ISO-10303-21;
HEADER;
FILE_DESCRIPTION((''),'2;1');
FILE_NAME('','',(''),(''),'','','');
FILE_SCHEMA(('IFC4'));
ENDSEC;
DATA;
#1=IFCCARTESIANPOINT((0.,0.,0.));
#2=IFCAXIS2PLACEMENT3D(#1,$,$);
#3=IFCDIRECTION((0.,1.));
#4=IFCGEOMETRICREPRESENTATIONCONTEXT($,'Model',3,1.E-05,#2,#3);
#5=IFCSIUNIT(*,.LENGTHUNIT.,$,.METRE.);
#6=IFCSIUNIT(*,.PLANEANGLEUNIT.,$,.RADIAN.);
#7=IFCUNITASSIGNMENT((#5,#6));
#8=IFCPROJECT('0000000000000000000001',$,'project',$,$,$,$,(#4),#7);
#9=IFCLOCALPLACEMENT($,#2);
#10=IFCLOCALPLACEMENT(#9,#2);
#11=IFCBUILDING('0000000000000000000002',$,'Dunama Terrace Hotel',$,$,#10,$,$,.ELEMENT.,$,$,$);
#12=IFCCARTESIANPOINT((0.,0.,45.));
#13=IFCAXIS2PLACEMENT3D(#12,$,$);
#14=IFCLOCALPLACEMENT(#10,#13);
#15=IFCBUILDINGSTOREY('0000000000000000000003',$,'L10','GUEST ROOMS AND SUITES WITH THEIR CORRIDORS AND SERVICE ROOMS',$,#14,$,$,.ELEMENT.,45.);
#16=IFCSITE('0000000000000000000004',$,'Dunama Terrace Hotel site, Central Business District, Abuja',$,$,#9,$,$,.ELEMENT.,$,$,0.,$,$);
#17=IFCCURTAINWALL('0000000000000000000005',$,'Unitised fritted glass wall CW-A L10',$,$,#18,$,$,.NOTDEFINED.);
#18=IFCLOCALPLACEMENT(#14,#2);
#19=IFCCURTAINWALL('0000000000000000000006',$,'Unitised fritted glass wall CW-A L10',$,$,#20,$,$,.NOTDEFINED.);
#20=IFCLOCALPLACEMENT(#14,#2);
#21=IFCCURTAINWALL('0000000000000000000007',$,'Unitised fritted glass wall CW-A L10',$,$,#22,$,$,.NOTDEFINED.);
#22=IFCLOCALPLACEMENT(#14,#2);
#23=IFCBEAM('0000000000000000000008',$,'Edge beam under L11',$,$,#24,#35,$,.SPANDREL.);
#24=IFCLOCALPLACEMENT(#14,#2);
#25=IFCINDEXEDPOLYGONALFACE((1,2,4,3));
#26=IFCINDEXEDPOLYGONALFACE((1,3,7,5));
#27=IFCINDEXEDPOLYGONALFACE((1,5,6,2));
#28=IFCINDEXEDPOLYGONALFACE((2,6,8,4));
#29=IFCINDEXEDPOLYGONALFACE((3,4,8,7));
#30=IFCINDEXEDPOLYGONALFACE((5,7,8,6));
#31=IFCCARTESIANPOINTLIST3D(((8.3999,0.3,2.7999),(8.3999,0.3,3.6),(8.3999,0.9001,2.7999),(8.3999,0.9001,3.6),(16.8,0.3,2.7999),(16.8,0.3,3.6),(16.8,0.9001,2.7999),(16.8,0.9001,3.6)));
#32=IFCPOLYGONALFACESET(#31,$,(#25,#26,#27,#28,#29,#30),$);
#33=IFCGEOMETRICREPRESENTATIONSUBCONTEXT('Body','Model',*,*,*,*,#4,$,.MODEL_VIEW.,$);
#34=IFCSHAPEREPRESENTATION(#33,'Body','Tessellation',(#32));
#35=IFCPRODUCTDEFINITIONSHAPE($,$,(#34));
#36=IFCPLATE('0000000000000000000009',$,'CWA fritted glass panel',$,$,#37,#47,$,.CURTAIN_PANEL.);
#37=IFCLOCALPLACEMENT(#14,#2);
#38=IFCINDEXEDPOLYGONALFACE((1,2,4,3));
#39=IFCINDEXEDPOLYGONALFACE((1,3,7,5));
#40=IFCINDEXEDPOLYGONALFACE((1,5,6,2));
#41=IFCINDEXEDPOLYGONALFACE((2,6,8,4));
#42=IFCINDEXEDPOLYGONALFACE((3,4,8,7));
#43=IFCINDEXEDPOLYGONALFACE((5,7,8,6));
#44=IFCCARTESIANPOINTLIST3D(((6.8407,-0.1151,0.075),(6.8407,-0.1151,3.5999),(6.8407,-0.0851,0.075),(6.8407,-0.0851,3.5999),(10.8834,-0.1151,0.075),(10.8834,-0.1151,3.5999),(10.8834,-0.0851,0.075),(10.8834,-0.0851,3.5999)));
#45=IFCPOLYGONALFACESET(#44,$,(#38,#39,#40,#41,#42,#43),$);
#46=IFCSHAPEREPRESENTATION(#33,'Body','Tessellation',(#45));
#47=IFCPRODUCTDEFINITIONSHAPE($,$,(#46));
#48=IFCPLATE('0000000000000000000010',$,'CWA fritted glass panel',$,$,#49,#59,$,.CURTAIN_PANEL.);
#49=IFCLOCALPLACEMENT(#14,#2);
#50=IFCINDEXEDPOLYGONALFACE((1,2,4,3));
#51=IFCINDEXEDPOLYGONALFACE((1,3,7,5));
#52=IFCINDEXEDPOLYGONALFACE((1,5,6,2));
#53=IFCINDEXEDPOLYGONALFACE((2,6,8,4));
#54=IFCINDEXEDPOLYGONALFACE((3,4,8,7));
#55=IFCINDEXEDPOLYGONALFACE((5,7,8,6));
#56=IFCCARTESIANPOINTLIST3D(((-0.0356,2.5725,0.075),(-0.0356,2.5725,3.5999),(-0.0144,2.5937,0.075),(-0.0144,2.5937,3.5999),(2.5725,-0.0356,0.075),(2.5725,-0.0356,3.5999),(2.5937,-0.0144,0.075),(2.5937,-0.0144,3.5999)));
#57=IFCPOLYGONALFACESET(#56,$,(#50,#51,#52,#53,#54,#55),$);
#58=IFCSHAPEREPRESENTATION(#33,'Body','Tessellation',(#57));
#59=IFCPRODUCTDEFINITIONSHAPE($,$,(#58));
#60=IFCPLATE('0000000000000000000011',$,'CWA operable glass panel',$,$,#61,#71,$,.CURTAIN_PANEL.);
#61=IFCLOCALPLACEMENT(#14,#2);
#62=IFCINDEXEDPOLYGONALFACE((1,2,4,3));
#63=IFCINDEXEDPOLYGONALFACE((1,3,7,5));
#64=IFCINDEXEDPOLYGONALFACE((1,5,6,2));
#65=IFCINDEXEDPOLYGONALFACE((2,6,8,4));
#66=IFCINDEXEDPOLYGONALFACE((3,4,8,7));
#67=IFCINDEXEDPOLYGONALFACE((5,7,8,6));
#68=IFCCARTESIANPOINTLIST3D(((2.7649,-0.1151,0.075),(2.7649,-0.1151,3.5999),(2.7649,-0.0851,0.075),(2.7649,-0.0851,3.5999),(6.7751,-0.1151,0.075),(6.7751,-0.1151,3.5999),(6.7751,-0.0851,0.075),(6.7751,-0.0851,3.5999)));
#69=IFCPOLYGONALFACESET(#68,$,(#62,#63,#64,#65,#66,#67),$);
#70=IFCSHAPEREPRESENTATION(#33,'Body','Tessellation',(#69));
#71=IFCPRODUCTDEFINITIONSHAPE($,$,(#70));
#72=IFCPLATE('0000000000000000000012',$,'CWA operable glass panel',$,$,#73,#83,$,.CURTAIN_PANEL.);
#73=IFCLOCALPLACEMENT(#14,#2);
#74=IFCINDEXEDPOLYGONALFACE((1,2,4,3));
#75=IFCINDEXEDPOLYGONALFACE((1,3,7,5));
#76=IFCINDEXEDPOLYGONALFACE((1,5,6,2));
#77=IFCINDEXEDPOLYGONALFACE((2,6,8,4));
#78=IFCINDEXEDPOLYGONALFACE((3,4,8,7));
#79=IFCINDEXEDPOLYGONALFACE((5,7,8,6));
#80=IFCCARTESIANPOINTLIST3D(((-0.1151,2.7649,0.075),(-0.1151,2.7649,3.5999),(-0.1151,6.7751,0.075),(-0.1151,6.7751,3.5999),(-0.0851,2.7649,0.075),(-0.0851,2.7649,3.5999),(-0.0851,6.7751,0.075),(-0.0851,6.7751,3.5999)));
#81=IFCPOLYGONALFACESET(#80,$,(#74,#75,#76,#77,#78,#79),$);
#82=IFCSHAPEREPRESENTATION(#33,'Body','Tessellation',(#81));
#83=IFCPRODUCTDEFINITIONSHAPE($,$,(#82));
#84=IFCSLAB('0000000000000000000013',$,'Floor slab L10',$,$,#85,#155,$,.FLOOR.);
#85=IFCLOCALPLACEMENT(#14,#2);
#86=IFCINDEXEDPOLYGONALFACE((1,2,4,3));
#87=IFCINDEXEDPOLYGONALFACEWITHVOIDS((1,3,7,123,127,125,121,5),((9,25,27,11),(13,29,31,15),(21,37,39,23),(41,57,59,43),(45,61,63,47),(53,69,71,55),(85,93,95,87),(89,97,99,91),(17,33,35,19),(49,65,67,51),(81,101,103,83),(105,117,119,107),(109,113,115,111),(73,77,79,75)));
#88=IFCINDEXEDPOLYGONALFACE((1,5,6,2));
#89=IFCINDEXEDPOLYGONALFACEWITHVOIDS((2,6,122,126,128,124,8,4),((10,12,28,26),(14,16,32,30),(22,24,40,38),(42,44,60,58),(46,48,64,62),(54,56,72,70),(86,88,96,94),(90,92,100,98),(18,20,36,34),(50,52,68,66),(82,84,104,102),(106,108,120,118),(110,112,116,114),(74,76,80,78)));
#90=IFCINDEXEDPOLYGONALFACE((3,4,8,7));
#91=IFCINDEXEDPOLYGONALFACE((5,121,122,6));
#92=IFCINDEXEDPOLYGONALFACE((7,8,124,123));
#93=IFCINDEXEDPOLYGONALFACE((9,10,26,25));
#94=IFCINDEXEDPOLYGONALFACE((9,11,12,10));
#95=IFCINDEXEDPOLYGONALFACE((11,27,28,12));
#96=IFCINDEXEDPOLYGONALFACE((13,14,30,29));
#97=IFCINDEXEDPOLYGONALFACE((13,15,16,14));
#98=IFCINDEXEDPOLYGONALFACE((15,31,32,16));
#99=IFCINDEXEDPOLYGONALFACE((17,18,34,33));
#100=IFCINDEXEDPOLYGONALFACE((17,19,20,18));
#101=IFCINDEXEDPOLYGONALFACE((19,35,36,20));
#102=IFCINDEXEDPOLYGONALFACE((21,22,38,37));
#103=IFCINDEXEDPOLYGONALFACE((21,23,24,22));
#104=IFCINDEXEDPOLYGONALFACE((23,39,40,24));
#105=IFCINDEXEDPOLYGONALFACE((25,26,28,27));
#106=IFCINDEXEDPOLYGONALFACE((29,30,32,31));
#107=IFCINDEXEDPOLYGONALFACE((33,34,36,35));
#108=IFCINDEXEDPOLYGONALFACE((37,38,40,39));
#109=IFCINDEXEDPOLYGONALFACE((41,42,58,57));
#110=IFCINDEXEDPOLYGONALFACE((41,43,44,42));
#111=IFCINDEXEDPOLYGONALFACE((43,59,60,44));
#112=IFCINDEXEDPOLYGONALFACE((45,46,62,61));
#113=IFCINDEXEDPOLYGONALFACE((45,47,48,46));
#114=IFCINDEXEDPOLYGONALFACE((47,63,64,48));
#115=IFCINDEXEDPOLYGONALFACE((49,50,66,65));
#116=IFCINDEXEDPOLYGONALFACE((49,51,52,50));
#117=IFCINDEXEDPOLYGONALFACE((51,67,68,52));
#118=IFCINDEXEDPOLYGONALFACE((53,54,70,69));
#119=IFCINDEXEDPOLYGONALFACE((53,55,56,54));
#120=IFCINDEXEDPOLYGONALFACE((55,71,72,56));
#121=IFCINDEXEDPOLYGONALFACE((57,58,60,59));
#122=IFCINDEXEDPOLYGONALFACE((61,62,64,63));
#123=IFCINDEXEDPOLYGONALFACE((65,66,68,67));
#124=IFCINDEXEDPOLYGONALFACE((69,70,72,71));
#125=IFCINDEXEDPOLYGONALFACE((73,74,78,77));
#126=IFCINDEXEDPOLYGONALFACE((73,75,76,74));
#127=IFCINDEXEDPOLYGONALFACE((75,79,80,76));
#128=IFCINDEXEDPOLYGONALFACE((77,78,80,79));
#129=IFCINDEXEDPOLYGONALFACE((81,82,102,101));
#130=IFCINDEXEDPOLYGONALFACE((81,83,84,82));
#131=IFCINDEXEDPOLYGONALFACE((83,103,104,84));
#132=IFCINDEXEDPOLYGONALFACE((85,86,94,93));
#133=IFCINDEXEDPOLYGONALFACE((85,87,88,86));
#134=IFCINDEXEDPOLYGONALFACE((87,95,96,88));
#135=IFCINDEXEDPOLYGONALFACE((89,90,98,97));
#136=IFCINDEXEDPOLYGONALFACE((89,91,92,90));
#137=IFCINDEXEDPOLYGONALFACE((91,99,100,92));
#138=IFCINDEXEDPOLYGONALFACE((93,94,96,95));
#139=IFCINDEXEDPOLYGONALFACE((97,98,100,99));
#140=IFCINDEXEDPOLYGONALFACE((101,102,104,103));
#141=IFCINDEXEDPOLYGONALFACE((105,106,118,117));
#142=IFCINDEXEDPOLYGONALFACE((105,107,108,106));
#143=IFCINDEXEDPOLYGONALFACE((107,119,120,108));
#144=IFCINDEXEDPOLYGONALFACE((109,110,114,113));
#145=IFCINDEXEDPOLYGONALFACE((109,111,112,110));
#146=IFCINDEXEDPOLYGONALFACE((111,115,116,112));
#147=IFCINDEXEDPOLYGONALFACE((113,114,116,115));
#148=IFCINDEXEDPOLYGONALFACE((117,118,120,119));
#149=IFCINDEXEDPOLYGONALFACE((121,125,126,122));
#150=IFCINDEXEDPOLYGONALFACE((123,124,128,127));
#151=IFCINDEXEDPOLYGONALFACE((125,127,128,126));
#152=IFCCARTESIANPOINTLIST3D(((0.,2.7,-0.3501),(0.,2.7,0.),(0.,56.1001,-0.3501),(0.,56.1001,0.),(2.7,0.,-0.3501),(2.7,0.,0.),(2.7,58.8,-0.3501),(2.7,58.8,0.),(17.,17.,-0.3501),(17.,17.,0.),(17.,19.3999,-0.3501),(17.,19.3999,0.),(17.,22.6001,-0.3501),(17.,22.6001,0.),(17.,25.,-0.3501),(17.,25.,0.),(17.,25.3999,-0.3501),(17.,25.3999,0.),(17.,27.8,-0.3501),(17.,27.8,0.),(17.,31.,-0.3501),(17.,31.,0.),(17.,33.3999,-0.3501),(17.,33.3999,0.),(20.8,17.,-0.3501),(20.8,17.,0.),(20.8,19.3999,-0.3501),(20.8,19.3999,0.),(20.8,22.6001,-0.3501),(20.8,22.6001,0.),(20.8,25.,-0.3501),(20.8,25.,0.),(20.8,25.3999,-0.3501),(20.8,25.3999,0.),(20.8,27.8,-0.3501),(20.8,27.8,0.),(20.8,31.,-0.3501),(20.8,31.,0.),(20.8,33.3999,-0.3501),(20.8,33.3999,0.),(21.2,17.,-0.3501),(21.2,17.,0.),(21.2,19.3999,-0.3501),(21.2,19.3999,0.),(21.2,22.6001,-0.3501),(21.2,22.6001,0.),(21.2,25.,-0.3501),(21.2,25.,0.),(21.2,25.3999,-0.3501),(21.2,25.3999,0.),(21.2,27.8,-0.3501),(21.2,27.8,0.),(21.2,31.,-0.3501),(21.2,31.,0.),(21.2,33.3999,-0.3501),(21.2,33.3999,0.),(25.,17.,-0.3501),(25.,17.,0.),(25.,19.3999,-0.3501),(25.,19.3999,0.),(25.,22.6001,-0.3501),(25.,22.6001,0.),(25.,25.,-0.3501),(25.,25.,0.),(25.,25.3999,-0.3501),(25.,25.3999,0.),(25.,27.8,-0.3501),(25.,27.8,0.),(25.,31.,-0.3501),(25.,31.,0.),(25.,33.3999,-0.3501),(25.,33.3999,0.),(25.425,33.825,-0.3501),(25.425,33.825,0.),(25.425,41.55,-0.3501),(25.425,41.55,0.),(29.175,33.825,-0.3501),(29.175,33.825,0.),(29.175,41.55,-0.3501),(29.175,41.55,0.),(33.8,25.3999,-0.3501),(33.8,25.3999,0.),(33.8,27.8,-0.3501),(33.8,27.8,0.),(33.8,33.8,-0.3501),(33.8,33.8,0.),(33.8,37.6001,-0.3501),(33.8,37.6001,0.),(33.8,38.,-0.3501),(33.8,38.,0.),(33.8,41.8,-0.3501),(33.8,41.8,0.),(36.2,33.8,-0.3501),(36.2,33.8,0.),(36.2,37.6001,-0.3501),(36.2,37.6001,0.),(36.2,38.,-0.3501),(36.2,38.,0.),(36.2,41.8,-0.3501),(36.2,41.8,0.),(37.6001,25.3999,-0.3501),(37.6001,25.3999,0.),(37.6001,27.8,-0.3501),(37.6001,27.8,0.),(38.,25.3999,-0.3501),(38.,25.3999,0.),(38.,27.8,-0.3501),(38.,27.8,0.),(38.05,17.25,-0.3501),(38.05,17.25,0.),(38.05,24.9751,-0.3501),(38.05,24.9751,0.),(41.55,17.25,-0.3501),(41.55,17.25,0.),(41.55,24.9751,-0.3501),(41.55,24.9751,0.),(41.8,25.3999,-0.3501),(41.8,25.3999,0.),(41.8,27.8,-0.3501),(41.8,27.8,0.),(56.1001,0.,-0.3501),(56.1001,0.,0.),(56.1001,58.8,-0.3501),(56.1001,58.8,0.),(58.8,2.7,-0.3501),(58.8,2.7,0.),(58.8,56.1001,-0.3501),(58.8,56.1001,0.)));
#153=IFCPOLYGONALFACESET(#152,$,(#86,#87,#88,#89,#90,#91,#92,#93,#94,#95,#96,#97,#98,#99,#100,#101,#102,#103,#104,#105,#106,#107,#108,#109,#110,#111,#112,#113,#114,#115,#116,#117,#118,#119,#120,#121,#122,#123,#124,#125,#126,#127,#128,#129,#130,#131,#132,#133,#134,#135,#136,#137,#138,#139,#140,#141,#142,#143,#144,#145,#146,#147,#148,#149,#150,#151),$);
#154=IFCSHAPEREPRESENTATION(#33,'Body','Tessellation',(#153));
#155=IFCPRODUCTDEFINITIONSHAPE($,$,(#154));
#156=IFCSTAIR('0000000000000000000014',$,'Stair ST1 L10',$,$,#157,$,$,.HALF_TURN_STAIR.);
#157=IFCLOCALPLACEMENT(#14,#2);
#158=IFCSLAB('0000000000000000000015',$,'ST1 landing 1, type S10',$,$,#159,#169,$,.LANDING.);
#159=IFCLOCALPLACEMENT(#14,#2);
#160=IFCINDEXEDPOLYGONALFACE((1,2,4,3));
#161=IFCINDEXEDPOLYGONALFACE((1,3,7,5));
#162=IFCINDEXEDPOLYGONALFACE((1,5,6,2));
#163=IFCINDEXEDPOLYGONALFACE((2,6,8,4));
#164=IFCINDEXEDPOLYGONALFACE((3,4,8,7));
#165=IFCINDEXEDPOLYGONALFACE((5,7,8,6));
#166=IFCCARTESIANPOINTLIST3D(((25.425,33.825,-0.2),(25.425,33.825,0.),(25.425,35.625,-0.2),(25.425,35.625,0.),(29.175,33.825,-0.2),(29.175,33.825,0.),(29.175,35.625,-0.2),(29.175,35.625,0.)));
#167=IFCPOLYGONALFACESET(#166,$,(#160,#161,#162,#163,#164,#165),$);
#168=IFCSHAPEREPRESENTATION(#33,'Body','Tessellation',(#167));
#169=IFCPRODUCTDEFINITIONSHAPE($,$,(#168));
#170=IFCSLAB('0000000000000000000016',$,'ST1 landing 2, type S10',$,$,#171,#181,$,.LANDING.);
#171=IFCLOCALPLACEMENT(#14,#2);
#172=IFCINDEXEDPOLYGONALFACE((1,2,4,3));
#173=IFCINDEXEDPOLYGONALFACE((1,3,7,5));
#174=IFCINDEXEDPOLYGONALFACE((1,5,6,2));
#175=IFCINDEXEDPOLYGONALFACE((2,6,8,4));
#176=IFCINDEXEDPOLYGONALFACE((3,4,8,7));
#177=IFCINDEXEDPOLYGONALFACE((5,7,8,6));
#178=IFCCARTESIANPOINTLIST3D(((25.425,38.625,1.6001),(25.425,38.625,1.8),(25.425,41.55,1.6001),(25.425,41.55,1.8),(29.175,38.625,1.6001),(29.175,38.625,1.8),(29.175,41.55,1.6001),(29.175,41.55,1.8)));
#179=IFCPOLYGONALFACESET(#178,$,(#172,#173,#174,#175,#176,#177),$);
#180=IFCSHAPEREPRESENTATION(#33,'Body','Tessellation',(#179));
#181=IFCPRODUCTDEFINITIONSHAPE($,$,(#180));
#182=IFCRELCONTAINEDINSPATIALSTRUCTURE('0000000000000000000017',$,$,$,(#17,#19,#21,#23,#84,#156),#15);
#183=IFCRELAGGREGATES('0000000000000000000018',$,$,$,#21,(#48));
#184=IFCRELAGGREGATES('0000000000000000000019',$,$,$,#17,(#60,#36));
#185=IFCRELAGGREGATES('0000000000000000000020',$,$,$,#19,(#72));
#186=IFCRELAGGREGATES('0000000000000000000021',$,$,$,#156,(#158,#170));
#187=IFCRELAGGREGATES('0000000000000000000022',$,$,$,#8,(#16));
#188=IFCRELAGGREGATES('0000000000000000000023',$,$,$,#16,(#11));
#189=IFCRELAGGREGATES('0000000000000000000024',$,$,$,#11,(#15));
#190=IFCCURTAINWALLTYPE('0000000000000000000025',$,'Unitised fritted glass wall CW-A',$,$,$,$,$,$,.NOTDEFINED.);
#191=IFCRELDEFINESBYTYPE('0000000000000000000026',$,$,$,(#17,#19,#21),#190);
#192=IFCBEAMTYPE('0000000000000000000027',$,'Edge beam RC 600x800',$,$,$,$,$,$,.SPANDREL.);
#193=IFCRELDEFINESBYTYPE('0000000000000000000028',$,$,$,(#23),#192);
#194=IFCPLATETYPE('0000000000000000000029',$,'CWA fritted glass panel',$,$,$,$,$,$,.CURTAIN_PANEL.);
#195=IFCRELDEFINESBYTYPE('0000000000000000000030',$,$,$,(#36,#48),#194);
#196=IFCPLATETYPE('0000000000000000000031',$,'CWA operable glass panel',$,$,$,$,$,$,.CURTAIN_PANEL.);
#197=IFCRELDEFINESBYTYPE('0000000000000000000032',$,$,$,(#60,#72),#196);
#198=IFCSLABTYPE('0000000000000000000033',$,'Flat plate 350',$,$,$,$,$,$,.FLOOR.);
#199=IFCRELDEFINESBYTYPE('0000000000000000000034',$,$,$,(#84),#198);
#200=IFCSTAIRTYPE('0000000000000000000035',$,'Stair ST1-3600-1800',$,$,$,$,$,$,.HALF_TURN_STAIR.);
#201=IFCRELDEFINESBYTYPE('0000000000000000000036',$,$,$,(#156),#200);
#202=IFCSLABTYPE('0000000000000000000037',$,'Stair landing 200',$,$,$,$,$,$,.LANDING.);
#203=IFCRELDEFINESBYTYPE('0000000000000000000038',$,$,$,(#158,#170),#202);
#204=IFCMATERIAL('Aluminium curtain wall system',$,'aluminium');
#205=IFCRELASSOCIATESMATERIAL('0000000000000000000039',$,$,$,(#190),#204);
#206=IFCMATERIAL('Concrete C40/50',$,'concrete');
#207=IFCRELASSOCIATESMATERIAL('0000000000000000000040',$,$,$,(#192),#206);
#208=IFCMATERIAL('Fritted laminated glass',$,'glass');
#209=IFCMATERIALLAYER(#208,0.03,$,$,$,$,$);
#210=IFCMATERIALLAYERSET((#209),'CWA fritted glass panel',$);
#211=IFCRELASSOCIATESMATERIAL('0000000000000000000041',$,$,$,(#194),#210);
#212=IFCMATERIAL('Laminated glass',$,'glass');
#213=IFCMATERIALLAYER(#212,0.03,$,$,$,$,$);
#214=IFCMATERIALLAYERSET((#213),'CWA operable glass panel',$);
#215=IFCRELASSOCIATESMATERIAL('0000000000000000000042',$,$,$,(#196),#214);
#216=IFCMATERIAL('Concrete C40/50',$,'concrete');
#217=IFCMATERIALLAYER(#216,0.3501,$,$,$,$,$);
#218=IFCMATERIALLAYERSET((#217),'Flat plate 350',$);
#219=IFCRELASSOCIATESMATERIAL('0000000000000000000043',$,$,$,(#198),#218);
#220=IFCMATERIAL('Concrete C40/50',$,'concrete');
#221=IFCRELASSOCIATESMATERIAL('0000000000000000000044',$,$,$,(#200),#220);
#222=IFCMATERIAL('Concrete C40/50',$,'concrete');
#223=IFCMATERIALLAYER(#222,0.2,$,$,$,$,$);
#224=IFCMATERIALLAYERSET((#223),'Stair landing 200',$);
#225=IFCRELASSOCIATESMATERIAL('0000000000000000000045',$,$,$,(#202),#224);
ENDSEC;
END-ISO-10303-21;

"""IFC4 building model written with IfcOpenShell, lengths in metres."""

from ifc_helpers import new_model, si_unit, direction, frame, origin, origin_2d, place, context, subcontext, project, spatial, polyline, rectangle, outline, extrude, material, layer, layer_set, material_profile, profile_set, type_object, element, aggregate, save


model = new_model("IFC4")

# Units and contexts
model_context = context("Model", 3, precision=1e-05, world=origin(), true_north=direction((0.0, 1.0)))
body_context = subcontext(model_context, "Body", "Model", "MODEL_VIEW")
ifc_project = project(units=[si_unit("LENGTHUNIT", "METRE"), si_unit("PLANEANGLEUNIT", "RADIAN")], contexts=[model_context])

# Site, building, storey
site_placement = place(None, origin())
site = spatial("IfcSite", under=ifc_project, at=site_placement, Name="Dunama Terrace Hotel site, Central Business District, Abuja", CompositionType="ELEMENT", RefElevation=0.0)
building_placement = place(site_placement, origin())
building = spatial("IfcBuilding", under=site, at=building_placement, Name="Dunama Terrace Hotel", CompositionType="ELEMENT")
storey_placement = place(building_placement, frame((0.0, 0.0, 45.0)))
storey = spatial("IfcBuildingStorey", under=building, at=storey_placement, Name="L10", Description="GUEST ROOMS AND SUITES WITH THEIR CORRIDORS AND SERVICE ROOMS", CompositionType="ELEMENT", Elevation=45.0)

# Curtain walls
ifc_material_1 = material(Name="Aluminium curtain wall system", Category="aluminium")
curtain_wall_type = type_object("IfcCurtainWallType", Name="Unitised fritted glass wall CW-A", PredefinedType="NOTDEFINED", material=ifc_material_1)
curtain_wall_1_placement = place(storey_placement, origin())
curtain_wall_1 = element("IfcCurtainWall", 1, at=curtain_wall_1_placement, inside=storey, type_object=curtain_wall_type, Name="Unitised fritted glass wall CW-A L10", PredefinedType="NOTDEFINED")
curtain_wall_2_placement = place(storey_placement, origin())
curtain_wall_2 = element("IfcCurtainWall", 2, at=curtain_wall_2_placement, inside=storey, type_object=curtain_wall_type, Name="Unitised fritted glass wall CW-A L10", PredefinedType="NOTDEFINED")
curtain_wall_3_placement = place(storey_placement, origin())
curtain_wall_3 = element("IfcCurtainWall", 3, at=curtain_wall_3_placement, inside=storey, type_object=curtain_wall_type, Name="Unitised fritted glass wall CW-A L10", PredefinedType="NOTDEFINED")

# Beam
ifc_material_2 = material(Name="Concrete C40/50", Category="concrete")
ifc_material_profile_1 = material_profile(ifc_material_2, rectangle(XDim=0.6001, YDim=0.8, at=origin_2d()), Name="RC 600x800")
ifc_profile_set_1 = profile_set([ifc_material_profile_1], Name="Concrete C40/50")
beam_type_1 = type_object("IfcBeamType", Name="Edge beam RC 600x800", PredefinedType="SPANDREL", material=ifc_profile_set_1)
beam_1_placement = place(storey_placement, frame((8.3999, 0.6001, 3.2), z_axis=(1.0, 0.0, 0.0), x_axis=(0.0, 1.0, 0.0)))
element("IfcBeam", 4, at=beam_1_placement, inside=storey, type_object=beam_type_1, Name="Edge beam under L11", PredefinedType="SPANDREL", context=body_context, shape_type="SweptSolid", body=[
    extrude(rectangle(XDim=0.6001, YDim=0.8, at=origin_2d()), origin(), (0.0, 0.0, 1.0), 8.4001),
])

# Plates
ifc_material_3 = material(Name="Fritted laminated glass", Category="glass")
ifc_layer_1 = layer(ifc_material_3, 0.03)
ifc_layer_set_1 = layer_set([ifc_layer_1], Name="CWA fritted glass panel")
plate_type_1 = type_object("IfcPlateType", Name="CWA fritted glass panel", PredefinedType="CURTAIN_PANEL", material=ifc_layer_set_1)
plate_1_placement = place(storey_placement, frame((8.8621, -0.1001, 0.075), z_axis=(0.0, 0.0, 1.0), x_axis=(1.0, 0.0, 0.0)))
plate_1 = element("IfcPlate", 5, at=plate_1_placement, type_object=plate_type_1, Name="CWA fritted glass panel", PredefinedType="CURTAIN_PANEL", context=body_context, shape_type="SweptSolid", body=[
    extrude(rectangle(XDim=4.0427, YDim=0.03, at=origin_2d()), origin(), (0.0, 0.0, 1.0), 3.5249),
])
plate_2_placement = place(storey_placement, frame((1.2791, 1.2791, 0.075), z_axis=(0.0, 0.0, 1.0), x_axis=(0.707107, -0.707107, 0.0)))
plate_2 = element("IfcPlate", 6, at=plate_2_placement, type_object=plate_type_1, Name="CWA fritted glass panel", PredefinedType="CURTAIN_PANEL", context=body_context, shape_type="SweptSolid", body=[
    extrude(rectangle(XDim=3.6885, YDim=0.03, at=origin_2d()), origin(), (0.0, 0.0, 1.0), 3.5249),
])
aggregate(curtain_wall_3, [plate_2])
ifc_material_4 = material(Name="Laminated glass", Category="glass")
ifc_layer_2 = layer(ifc_material_4, 0.03)
ifc_layer_set_2 = layer_set([ifc_layer_2], Name="CWA operable glass panel")
plate_type_2 = type_object("IfcPlateType", Name="CWA operable glass panel", PredefinedType="CURTAIN_PANEL", material=ifc_layer_set_2)
plate_3_placement = place(storey_placement, frame((4.77, -0.1001, 0.075), z_axis=(0.0, 0.0, 1.0), x_axis=(1.0, 0.0, 0.0)))
plate_3 = element("IfcPlate", 7, at=plate_3_placement, type_object=plate_type_2, Name="CWA operable glass panel", PredefinedType="CURTAIN_PANEL", context=body_context, shape_type="SweptSolid", body=[
    extrude(rectangle(XDim=4.0103, YDim=0.03, at=origin_2d()), origin(), (0.0, 0.0, 1.0), 3.5249),
])
aggregate(curtain_wall_1, [plate_3, plate_1])
plate_4_placement = place(storey_placement, frame((-0.1001, 4.77, 0.075), z_axis=(0.0, 0.0, 1.0), x_axis=(0.0, -1.0, 0.0)))
plate_4 = element("IfcPlate", 8, at=plate_4_placement, type_object=plate_type_2, Name="CWA operable glass panel", PredefinedType="CURTAIN_PANEL", context=body_context, shape_type="SweptSolid", body=[
    extrude(rectangle(XDim=4.0103, YDim=0.03, at=origin_2d()), origin(), (0.0, 0.0, 1.0), 3.5249),
])
aggregate(curtain_wall_2, [plate_4])

# Slab
ifc_material_5 = material(Name="Concrete C40/50", Category="concrete")
ifc_layer_3 = layer(ifc_material_5, 0.3501)
ifc_layer_set_3 = layer_set([ifc_layer_3], Name="Flat plate 350")
slab_type_1 = type_object("IfcSlabType", Name="Flat plate 350", PredefinedType="FLOOR", material=ifc_layer_set_3)
slab_1_placement = place(storey_placement, frame((0.0, 0.0, -0.3501)))
element("IfcSlab", 9, at=slab_1_placement, inside=storey, type_object=slab_type_1, Name="Floor slab L10", PredefinedType="FLOOR", context=body_context, shape_type="SweptSolid", body=[
    extrude(outline(polyline([(2.7, 0.0), (56.1001, 0.0), (58.8, 2.7), (58.8, 56.1001), (56.1001, 58.8), (2.7, 58.8), (0.0, 56.1001), (0.0, 2.7), (2.7, 0.0)]), holes=[polyline([(20.8, 25.3999), (20.8, 27.8), (17.0, 27.8), (17.0, 25.3999), (20.8, 25.3999)]), polyline([(25.0, 25.3999), (25.0, 27.8), (21.2, 27.8), (21.2, 25.3999), (25.0, 25.3999)]), polyline([(20.8, 31.0), (20.8, 33.3999), (17.0, 33.3999), (17.0, 31.0), (20.8, 31.0)]), polyline([(25.0, 31.0), (25.0, 33.3999), (21.2, 33.3999), (21.2, 31.0), (25.0, 31.0)]), polyline([(37.6001, 25.3999), (37.6001, 27.8), (33.8, 27.8), (33.8, 25.3999), (37.6001, 25.3999)]), polyline([(41.8, 25.3999), (41.8, 27.8), (38.0, 27.8), (38.0, 25.3999), (41.8, 25.3999)]), polyline([(20.8, 17.0), (20.8, 19.3999), (17.0, 19.3999), (17.0, 17.0), (20.8, 17.0)]), polyline([(25.0, 17.0), (25.0, 19.3999), (21.2, 19.3999), (21.2, 17.0), (25.0, 17.0)]), polyline([(20.8, 22.6001), (20.8, 25.0), (17.0, 25.0), (17.0, 22.6001), (20.8, 22.6001)]), polyline([(25.0, 22.6001), (25.0, 25.0), (21.2, 25.0), (21.2, 22.6001), (25.0, 22.6001)]), polyline([(36.2, 38.0), (36.2, 41.8), (33.8, 41.8), (33.8, 38.0), (36.2, 38.0)]), polyline([(36.2, 33.8), (36.2, 37.6001), (33.8, 37.6001), (33.8, 33.8), (36.2, 33.8)]), polyline([(29.175, 33.825), (29.175, 41.55), (25.425, 41.55), (25.425, 33.825), (29.175, 33.825)]), polyline([(41.55, 17.25), (41.55, 24.9751), (38.05, 24.9751), (38.05, 17.25), (41.55, 17.25)])]), origin(), (0.0, 0.0, 1.0), 0.3501),
])

# Stair, slabs
ifc_material_6 = material(Name="Concrete C40/50", Category="concrete")
stair_type_1 = type_object("IfcStairType", Name="Stair ST1-3600-1800", PredefinedType="HALF_TURN_STAIR", material=ifc_material_6)
stair_1_placement = place(storey_placement, origin())
stair_1 = element("IfcStair", 10, at=stair_1_placement, inside=storey, type_object=stair_type_1, Name="Stair ST1 L10", PredefinedType="HALF_TURN_STAIR")
ifc_material_7 = material(Name="Concrete C40/50", Category="concrete")
ifc_layer_4 = layer(ifc_material_7, 0.2)
ifc_layer_set_4 = layer_set([ifc_layer_4], Name="Stair landing 200")
slab_type_2 = type_object("IfcSlabType", Name="Stair landing 200", PredefinedType="LANDING", material=ifc_layer_set_4)
slab_2_placement = place(storey_placement, frame((0.0, 0.0, -0.2)))
slab_2 = element("IfcSlab", 11, at=slab_2_placement, type_object=slab_type_2, Name="ST1 landing 1, type S10", PredefinedType="LANDING", context=body_context, shape_type="SweptSolid", body=[
    extrude(outline(polyline([(25.425, 33.825), (29.175, 33.825), (29.175, 35.625), (25.425, 35.625), (25.425, 33.825)])), origin(), (0.0, 0.0, 1.0), 0.2),
])
slab_3_placement = place(storey_placement, frame((0.0, 0.0, 1.6001)))
slab_3 = element("IfcSlab", 12, at=slab_3_placement, type_object=slab_type_2, Name="ST1 landing 2, type S10", PredefinedType="LANDING", context=body_context, shape_type="SweptSolid", body=[
    extrude(outline(polyline([(25.425, 38.625), (29.175, 38.625), (29.175, 41.55), (25.425, 41.55), (25.425, 38.625)])), origin(), (0.0, 0.0, 1.0), 0.2),
])
aggregate(stair_1, [slab_2, slab_3])

save(model, "model.ifc")
